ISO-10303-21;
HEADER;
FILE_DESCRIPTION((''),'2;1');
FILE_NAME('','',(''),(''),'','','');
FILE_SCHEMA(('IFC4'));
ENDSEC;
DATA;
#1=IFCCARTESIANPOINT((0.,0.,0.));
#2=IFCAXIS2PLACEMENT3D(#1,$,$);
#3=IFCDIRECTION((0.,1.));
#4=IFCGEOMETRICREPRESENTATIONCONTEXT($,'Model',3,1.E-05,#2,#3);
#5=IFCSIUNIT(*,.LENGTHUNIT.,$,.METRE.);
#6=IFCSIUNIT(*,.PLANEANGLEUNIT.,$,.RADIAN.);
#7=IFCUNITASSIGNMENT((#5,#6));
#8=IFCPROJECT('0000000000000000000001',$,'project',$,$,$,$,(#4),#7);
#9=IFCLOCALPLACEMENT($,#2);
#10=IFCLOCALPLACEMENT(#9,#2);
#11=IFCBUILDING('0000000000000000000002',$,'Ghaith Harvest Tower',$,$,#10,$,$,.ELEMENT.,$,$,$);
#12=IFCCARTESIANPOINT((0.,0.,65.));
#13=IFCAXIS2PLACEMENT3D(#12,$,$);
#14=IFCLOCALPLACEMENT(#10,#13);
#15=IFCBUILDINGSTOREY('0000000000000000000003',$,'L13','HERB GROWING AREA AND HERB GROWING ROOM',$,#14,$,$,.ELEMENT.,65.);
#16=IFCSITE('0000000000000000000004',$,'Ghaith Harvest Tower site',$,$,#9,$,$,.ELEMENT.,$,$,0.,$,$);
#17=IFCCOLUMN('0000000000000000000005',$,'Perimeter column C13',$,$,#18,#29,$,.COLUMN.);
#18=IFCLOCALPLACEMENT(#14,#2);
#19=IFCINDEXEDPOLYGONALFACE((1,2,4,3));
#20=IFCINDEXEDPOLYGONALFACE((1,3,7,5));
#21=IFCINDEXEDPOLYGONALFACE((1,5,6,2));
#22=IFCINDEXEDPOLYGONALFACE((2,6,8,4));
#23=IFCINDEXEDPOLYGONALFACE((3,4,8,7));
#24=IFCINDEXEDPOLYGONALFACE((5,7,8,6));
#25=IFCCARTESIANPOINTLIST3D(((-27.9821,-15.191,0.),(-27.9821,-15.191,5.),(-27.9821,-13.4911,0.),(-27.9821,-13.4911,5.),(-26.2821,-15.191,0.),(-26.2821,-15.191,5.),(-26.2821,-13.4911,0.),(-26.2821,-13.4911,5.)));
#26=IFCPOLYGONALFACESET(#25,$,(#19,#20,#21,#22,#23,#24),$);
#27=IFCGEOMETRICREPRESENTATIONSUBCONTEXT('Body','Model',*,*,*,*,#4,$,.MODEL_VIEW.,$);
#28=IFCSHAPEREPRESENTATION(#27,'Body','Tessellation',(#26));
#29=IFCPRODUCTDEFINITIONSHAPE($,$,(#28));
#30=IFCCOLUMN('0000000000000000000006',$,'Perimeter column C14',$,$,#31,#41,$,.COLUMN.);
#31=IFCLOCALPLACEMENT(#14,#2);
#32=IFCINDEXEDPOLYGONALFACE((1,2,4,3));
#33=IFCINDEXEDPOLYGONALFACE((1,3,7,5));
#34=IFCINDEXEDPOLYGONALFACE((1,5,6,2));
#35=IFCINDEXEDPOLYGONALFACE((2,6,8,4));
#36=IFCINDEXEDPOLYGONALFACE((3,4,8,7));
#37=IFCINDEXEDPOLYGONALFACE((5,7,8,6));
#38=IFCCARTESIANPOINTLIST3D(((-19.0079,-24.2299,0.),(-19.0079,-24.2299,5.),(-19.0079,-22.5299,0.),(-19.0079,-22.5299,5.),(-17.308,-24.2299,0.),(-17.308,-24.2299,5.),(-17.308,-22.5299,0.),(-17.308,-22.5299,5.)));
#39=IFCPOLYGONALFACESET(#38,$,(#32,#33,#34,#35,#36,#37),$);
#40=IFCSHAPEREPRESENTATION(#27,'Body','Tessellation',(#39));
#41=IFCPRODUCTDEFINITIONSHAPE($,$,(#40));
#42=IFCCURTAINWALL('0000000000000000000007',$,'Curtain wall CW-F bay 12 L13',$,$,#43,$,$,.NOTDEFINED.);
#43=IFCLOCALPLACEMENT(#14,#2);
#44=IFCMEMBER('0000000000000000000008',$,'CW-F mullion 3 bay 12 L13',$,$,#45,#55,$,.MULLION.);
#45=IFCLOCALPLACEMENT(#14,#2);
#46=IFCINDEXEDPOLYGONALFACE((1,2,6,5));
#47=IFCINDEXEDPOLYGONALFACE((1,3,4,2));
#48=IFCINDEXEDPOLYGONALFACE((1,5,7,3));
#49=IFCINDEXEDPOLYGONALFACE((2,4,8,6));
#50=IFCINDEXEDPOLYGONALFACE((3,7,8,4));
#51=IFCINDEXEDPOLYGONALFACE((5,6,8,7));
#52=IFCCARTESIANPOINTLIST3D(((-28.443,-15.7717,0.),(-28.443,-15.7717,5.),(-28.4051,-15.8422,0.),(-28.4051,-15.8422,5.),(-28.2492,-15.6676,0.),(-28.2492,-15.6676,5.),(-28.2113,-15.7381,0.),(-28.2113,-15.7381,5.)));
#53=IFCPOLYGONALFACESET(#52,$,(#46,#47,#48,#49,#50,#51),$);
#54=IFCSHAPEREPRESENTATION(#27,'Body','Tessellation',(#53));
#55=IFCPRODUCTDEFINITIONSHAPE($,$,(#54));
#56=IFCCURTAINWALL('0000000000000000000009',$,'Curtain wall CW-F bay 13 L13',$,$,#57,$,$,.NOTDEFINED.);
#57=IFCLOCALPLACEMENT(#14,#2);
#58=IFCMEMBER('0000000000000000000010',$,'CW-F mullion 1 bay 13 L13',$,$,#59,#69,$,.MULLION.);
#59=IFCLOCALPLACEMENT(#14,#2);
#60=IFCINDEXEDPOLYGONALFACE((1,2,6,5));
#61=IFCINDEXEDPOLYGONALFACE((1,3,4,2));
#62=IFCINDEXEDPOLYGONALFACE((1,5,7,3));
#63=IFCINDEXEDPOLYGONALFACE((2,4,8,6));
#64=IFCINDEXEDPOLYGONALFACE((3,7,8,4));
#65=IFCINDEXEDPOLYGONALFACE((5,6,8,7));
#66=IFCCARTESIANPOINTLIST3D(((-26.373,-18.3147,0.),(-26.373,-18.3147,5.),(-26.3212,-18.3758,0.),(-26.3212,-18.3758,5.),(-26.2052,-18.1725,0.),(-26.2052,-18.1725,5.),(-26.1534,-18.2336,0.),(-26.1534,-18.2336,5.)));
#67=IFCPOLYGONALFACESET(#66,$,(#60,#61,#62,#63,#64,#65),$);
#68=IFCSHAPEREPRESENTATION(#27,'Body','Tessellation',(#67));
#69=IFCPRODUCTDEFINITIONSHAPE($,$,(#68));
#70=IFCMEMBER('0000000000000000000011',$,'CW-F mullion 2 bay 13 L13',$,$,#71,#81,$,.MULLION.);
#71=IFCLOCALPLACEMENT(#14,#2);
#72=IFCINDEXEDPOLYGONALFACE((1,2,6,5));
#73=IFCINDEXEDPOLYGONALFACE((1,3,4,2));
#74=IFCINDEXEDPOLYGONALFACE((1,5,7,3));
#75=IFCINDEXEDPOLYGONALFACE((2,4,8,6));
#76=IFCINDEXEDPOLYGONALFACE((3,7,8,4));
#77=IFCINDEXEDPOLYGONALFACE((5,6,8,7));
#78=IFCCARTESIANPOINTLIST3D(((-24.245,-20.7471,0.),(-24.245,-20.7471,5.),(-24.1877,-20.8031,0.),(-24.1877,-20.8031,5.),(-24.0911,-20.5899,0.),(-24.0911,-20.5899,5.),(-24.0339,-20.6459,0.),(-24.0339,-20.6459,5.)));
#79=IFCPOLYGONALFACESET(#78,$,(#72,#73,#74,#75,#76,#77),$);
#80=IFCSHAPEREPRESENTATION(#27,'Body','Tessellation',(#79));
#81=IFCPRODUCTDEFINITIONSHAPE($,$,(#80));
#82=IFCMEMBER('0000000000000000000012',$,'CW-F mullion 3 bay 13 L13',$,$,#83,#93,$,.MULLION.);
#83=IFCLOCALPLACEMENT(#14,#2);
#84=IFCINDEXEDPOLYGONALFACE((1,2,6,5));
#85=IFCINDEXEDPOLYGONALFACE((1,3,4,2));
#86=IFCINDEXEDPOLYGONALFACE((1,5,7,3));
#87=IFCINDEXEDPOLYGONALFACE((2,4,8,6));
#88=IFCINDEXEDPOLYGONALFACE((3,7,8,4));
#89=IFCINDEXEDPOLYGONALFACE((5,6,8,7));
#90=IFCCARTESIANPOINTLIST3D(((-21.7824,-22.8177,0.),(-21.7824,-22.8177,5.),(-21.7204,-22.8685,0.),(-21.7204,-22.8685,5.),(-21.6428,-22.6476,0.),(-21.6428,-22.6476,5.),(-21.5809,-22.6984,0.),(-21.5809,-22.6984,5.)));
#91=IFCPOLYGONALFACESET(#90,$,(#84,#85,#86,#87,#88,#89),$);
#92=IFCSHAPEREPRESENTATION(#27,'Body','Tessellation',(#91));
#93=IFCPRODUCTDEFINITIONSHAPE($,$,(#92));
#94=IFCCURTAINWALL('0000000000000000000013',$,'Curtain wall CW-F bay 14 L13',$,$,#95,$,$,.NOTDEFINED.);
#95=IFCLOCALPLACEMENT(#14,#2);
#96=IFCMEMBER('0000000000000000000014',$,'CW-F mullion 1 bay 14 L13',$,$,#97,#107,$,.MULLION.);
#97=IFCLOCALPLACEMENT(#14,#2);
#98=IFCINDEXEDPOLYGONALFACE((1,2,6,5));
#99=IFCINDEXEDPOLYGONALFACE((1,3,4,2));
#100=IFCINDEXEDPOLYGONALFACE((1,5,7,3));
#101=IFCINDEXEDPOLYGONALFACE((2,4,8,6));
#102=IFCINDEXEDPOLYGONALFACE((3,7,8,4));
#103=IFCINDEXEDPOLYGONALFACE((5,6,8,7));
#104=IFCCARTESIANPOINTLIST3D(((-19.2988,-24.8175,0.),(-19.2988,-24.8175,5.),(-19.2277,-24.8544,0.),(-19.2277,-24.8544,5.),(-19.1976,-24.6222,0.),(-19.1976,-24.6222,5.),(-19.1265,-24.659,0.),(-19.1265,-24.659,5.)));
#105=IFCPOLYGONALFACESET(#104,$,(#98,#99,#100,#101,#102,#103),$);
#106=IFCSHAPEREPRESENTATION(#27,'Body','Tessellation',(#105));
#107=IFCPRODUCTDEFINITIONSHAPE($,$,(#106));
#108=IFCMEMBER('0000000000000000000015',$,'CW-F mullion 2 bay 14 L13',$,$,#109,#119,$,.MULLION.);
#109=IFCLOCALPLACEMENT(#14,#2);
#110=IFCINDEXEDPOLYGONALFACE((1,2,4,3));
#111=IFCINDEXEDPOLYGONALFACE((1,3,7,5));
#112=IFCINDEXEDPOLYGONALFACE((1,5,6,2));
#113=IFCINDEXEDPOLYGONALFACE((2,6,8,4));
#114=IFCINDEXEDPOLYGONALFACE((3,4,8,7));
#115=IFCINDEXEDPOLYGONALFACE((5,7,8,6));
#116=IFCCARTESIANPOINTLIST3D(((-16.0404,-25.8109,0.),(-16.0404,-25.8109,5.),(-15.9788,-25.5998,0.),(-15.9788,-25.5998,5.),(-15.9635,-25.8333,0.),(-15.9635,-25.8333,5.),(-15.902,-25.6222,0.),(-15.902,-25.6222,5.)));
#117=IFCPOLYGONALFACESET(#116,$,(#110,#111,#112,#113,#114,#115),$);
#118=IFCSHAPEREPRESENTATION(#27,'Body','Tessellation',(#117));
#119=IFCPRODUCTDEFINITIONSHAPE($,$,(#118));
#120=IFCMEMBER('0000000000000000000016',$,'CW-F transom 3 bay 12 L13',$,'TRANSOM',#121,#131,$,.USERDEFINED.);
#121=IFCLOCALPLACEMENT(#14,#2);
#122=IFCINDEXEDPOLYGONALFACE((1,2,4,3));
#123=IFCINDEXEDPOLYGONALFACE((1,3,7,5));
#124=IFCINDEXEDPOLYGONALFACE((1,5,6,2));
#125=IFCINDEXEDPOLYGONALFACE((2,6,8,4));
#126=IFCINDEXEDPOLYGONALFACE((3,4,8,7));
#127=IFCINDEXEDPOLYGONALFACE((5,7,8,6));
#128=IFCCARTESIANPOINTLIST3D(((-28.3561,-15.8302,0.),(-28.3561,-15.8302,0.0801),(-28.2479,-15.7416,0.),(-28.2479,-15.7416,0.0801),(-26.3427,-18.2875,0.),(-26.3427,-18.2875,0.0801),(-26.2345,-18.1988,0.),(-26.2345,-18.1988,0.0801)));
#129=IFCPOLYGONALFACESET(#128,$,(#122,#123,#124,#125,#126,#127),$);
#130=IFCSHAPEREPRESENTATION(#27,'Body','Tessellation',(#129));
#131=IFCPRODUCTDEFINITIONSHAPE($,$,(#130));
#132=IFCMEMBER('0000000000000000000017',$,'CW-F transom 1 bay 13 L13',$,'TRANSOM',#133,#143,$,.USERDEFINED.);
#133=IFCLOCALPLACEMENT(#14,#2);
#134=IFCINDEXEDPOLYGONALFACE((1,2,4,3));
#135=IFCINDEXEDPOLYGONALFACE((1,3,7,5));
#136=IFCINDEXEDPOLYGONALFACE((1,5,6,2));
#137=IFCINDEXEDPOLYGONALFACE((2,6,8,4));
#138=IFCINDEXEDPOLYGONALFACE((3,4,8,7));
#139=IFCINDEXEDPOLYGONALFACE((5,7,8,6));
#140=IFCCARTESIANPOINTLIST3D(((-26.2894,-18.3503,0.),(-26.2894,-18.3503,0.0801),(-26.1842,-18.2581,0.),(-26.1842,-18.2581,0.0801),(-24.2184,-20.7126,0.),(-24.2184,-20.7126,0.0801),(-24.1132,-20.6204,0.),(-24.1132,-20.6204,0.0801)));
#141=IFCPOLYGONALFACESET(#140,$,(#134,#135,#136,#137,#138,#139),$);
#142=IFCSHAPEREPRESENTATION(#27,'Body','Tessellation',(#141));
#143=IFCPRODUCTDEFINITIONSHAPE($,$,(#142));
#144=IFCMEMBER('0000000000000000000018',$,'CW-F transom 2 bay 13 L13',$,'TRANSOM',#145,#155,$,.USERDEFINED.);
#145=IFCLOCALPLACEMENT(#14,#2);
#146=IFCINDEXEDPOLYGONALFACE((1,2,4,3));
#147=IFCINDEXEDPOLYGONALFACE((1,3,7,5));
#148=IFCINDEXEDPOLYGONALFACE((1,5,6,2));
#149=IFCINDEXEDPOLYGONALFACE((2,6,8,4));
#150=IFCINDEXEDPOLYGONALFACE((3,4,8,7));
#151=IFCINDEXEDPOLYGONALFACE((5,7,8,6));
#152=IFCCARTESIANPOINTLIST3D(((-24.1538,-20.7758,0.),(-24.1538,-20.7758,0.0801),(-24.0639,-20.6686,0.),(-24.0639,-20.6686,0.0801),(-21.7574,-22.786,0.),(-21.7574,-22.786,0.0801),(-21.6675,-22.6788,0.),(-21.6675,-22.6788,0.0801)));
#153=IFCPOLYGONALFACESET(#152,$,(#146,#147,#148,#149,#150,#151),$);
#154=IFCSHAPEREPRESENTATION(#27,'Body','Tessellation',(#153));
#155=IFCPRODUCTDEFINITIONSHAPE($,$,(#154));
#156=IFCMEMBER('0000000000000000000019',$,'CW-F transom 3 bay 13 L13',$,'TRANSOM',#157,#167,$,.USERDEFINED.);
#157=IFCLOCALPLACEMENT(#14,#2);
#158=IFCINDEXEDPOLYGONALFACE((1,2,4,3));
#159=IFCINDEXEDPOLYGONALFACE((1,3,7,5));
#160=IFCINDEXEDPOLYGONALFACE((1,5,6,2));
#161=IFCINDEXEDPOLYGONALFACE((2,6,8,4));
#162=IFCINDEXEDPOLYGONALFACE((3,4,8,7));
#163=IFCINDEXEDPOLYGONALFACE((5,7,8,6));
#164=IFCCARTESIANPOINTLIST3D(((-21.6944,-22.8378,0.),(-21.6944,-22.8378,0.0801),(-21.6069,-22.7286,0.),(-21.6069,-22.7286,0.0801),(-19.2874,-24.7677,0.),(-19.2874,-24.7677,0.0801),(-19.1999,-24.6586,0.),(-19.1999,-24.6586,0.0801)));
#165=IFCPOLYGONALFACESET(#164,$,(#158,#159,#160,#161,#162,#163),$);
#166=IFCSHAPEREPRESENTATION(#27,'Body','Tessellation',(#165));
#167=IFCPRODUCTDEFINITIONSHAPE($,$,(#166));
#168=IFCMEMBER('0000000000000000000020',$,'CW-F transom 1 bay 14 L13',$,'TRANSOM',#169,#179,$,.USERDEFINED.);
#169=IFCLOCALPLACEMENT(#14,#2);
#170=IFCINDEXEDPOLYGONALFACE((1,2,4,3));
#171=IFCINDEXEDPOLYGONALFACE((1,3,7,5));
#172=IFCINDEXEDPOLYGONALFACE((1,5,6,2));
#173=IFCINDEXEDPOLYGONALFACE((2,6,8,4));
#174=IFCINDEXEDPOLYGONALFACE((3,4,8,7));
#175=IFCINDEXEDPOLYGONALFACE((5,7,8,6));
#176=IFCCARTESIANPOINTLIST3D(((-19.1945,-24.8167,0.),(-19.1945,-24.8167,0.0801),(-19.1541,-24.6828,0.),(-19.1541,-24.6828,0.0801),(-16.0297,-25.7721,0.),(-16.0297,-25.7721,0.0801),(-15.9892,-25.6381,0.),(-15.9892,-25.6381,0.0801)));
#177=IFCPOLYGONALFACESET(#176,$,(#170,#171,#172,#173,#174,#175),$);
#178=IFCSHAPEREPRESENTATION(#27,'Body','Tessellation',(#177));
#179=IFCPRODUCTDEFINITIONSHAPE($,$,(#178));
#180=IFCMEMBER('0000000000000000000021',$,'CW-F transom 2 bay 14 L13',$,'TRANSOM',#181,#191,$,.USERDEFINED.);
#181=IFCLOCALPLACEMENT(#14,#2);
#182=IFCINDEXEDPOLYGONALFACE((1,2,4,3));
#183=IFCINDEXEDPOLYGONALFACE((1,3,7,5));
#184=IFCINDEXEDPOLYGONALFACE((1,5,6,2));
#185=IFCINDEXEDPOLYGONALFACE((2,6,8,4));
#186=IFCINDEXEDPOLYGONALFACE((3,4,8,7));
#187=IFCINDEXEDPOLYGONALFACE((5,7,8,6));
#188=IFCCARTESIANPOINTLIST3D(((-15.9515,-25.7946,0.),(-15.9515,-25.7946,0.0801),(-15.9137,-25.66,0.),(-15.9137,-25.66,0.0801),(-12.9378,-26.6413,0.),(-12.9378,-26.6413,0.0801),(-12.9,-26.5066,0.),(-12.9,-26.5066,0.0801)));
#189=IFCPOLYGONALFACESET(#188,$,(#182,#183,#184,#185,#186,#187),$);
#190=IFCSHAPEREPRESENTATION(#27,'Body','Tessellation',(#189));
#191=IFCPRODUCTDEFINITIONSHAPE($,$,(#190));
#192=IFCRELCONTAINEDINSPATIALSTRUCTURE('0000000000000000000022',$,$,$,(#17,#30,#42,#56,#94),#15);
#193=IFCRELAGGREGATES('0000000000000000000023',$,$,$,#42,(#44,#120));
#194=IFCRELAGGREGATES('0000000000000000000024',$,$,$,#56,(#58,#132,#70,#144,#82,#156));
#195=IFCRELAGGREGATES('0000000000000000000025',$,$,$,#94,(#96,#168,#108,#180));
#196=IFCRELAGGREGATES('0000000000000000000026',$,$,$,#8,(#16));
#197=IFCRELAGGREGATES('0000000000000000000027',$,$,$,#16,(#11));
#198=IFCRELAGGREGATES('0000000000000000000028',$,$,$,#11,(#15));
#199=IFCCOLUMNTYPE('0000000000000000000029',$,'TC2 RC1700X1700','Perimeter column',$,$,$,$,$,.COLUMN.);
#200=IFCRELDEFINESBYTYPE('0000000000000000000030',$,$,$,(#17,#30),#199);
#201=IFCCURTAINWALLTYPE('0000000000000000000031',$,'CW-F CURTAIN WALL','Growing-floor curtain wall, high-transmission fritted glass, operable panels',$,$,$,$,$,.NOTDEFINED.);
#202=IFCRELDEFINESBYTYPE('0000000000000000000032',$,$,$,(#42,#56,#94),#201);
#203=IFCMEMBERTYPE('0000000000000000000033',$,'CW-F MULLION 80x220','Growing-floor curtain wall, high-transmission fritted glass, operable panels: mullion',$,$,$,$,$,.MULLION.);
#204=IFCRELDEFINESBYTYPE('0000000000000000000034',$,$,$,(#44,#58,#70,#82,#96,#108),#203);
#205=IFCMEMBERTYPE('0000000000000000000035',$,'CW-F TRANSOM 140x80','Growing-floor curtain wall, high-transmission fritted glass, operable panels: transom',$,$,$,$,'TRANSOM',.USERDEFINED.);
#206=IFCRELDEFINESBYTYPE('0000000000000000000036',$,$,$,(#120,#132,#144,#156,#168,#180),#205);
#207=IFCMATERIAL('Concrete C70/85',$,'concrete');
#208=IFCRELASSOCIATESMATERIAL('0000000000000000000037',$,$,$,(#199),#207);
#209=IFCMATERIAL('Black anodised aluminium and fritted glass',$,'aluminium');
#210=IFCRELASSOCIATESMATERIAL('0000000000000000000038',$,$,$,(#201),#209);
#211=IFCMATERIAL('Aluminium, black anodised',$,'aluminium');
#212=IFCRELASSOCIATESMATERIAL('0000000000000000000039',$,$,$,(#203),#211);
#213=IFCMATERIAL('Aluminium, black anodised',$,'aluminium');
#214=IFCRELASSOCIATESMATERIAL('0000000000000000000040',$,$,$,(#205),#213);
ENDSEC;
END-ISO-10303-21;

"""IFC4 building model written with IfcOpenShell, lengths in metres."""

from ifc_helpers import new_model, si_unit, direction, frame, origin, origin_2d, place, context, subcontext, project, spatial, rectangle, extrude, material, material_profile, profile_set, type_object, element, aggregate, save


model = new_model("IFC4")

# Units and contexts
model_context = context("Model", 3, precision=1e-05, world=origin(), true_north=direction((0.0, 1.0)))
body_context = subcontext(model_context, "Body", "Model", "MODEL_VIEW")
ifc_project = project(units=[si_unit("LENGTHUNIT", "METRE"), si_unit("PLANEANGLEUNIT", "RADIAN")], contexts=[model_context])

# Site, building, storey
site_placement = place(None, origin())
site = spatial("IfcSite", under=ifc_project, at=site_placement, Name="Ghaith Harvest Tower site", CompositionType="ELEMENT", RefElevation=0.0)
building_placement = place(site_placement, origin())
building = spatial("IfcBuilding", under=site, at=building_placement, Name="Ghaith Harvest Tower", CompositionType="ELEMENT")
storey_placement = place(building_placement, frame((0.0, 0.0, 65.0)))
storey = spatial("IfcBuildingStorey", under=building, at=storey_placement, Name="L13", Description="HERB GROWING AREA AND HERB GROWING ROOM", CompositionType="ELEMENT", Elevation=65.0)

# Columns
ifc_material_1 = material(Name="Concrete C70/85", Category="concrete")
ifc_material_profile_1 = material_profile(ifc_material_1, rectangle(XDim=1.7, YDim=1.7, at=origin_2d()), Name="RC1700X1700")
ifc_profile_set_1 = profile_set([ifc_material_profile_1], Name="Concrete C70/85")
column_type = type_object("IfcColumnType", Name="TC2 RC1700X1700", Description="Perimeter column", PredefinedType="COLUMN", material=ifc_profile_set_1)
for number, where, z_axis, x_axis, name in (
    (1, (-27.1321, -14.3411, 0.0), (0.0, 0.0, 1.0), (1.0, 0.0, 0.0), "Perimeter column C13"),
    (2, (-18.158, -23.3799, 0.0), (0.0, 0.0, 1.0), (1.0, 0.0, 0.0), "Perimeter column C14"),
):
    element("IfcColumn", number, at=place(storey_placement, frame(where, z_axis=z_axis, x_axis=x_axis)), inside=storey, type_object=column_type, Name=name, PredefinedType="COLUMN", context=body_context, shape_type="SweptSolid", body=[
        extrude(rectangle(XDim=1.7, YDim=1.7, at=origin_2d()), origin(), (0.0, 0.0, 1.0), 5.0),
    ])

# Curtain wall, member
ifc_material_2 = material(Name="Black anodised aluminium and fritted glass", Category="aluminium")
curtain_wall_type = type_object("IfcCurtainWallType", Name="CW-F CURTAIN WALL", Description="Growing-floor curtain wall, high-transmission fritted glass, operable panels", PredefinedType="NOTDEFINED", material=ifc_material_2)
curtain_wall_1_placement = place(storey_placement, origin())
curtain_wall_1 = element("IfcCurtainWall", 3, at=curtain_wall_1_placement, inside=storey, type_object=curtain_wall_type, Name="Curtain wall CW-F bay 12 L13", PredefinedType="NOTDEFINED")
ifc_material_3 = material(Name="Aluminium, black anodised", Category="aluminium")
ifc_material_profile_2 = material_profile(ifc_material_3, rectangle(XDim=0.0801, YDim=0.22, at=origin_2d()), Name="CW-F MULLION 80x220")
ifc_profile_set_2 = profile_set([ifc_material_profile_2], Name="Aluminium, black anodised")
member_type_1 = type_object("IfcMemberType", Name="CW-F MULLION 80x220", Description="Growing-floor curtain wall, high-transmission fritted glass, operable panels: mullion", PredefinedType="MULLION", material=ifc_profile_set_2)
member_1_placement = place(storey_placement, frame((-28.3271, -15.7549, 0.0), z_axis=(0.0, 0.0, 1.0), x_axis=(0.473265, -0.88092, 0.0)))
member_1 = element("IfcMember", 4, at=member_1_placement, type_object=member_type_1, Name="CW-F mullion 3 bay 12 L13", PredefinedType="MULLION", context=body_context, shape_type="SweptSolid", body=[
    extrude(rectangle(XDim=0.0801, YDim=0.22, at=origin_2d()), origin(), (0.0, 0.0, 1.0), 5.0),
])

# Curtain walls, members
curtain_wall_2_placement = place(storey_placement, origin())
curtain_wall_2 = element("IfcCurtainWall", 5, at=curtain_wall_2_placement, inside=storey, type_object=curtain_wall_type, Name="Curtain wall CW-F bay 13 L13", PredefinedType="NOTDEFINED")
member_2_placement = place(storey_placement, frame((-26.2632, -18.2742, 0.0), z_axis=(0.0, 0.0, 1.0), x_axis=(0.646524, -0.762894, 0.0)))
member_2 = element("IfcMember", 6, at=member_2_placement, type_object=member_type_1, Name="CW-F mullion 1 bay 13 L13", PredefinedType="MULLION", context=body_context, shape_type="SweptSolid", body=[
    extrude(rectangle(XDim=0.0801, YDim=0.22, at=origin_2d()), origin(), (0.0, 0.0, 1.0), 5.0),
])
member_3_placement = place(storey_placement, frame((-24.1394, -20.6965, 0.0), z_axis=(0.0, 0.0, 1.0), x_axis=(0.714663, -0.699469, 0.0)))
member_3 = element("IfcMember", 7, at=member_3_placement, type_object=member_type_1, Name="CW-F mullion 2 bay 13 L13", PredefinedType="MULLION", context=body_context, shape_type="SweptSolid", body=[
    extrude(rectangle(XDim=0.0801, YDim=0.22, at=origin_2d()), origin(), (0.0, 0.0, 1.0), 5.0),
])
member_4_placement = place(storey_placement, frame((-21.6816, -22.7581, 0.0), z_axis=(0.0, 0.0, 1.0), x_axis=(0.773139, -0.634237, 0.0)))
member_4 = element("IfcMember", 8, at=member_4_placement, type_object=member_type_1, Name="CW-F mullion 3 bay 13 L13", PredefinedType="MULLION", context=body_context, shape_type="SweptSolid", body=[
    extrude(rectangle(XDim=0.0801, YDim=0.22, at=origin_2d()), origin(), (0.0, 0.0, 1.0), 5.0),
])
curtain_wall_3_placement = place(storey_placement, origin())
curtain_wall_3 = element("IfcCurtainWall", 9, at=curtain_wall_3_placement, inside=storey, type_object=curtain_wall_type, Name="Curtain wall CW-F bay 14 L13", PredefinedType="NOTDEFINED")
member_5_placement = place(storey_placement, frame((-19.2126, -24.7383, 0.0), z_axis=(0.0, 0.0, 1.0), x_axis=(0.887912, -0.460013, 0.0)))
member_5 = element("IfcMember", 10, at=member_5_placement, type_object=member_type_1, Name="CW-F mullion 1 bay 14 L13", PredefinedType="MULLION", context=body_context, shape_type="SweptSolid", body=[
    extrude(rectangle(XDim=0.0801, YDim=0.22, at=origin_2d()), origin(), (0.0, 0.0, 1.0), 5.0),
])
member_6_placement = place(storey_placement, frame((-15.9712, -25.7166, 0.0), z_axis=(0.0, 0.0, 1.0), x_axis=(0.960009, -0.27997, 0.0)))
member_6 = element("IfcMember", 11, at=member_6_placement, type_object=member_type_1, Name="CW-F mullion 2 bay 14 L13", PredefinedType="MULLION", context=body_context, shape_type="SweptSolid", body=[
    extrude(rectangle(XDim=0.0801, YDim=0.22, at=origin_2d()), origin(), (0.0, 0.0, 1.0), 5.0),
])

# Members
ifc_material_4 = material(Name="Aluminium, black anodised", Category="aluminium")
ifc_material_profile_3 = material_profile(ifc_material_4, rectangle(XDim=0.1399, YDim=0.0801, at=origin_2d()), Name="CW-F TRANSOM 140x80")
ifc_profile_set_3 = profile_set([ifc_material_profile_3], Name="Aluminium, black anodised")
member_type_2 = type_object("IfcMemberType", Name="CW-F TRANSOM 140x80", Description="Growing-floor curtain wall, high-transmission fritted glass, operable panels: transom", ElementType="TRANSOM", PredefinedType="USERDEFINED", material=ifc_profile_set_3)
member_7_placement = place(storey_placement, frame((-28.302, -15.7859, 0.04), z_axis=(0.63379, -0.773505, 0.0), x_axis=(0.773505, 0.63379, 0.0)))
member_7 = element("IfcMember", 12, at=member_7_placement, type_object=member_type_2, Name="CW-F transom 3 bay 12 L13", ObjectType="TRANSOM", PredefinedType="USERDEFINED", context=body_context, shape_type="SweptSolid", body=[
    extrude(rectangle(XDim=0.1399, YDim=0.0801, at=origin_2d()), origin(), (0.0, 0.0, 1.0), 3.1768),
])
member_8_placement = place(storey_placement, frame((-26.2368, -18.3042, 0.04), z_axis=(0.659231, -0.751941, 0.0), x_axis=(0.751941, 0.659231, 0.0)))
member_8 = element("IfcMember", 13, at=member_8_placement, type_object=member_type_2, Name="CW-F transom 1 bay 13 L13", ObjectType="TRANSOM", PredefinedType="USERDEFINED", context=body_context, shape_type="SweptSolid", body=[
    extrude(rectangle(XDim=0.1399, YDim=0.0801, at=origin_2d()), origin(), (0.0, 0.0, 1.0), 3.1416),
])
member_9_placement = place(storey_placement, frame((-24.1089, -20.7222, 0.04), z_axis=(0.766144, -0.642668, 0.0), x_axis=(0.642668, 0.766144, 0.0)))
member_9 = element("IfcMember", 14, at=member_9_placement, type_object=member_type_2, Name="CW-F transom 2 bay 13 L13", ObjectType="TRANSOM", PredefinedType="USERDEFINED", context=body_context, shape_type="SweptSolid", body=[
    extrude(rectangle(XDim=0.1399, YDim=0.0801, at=origin_2d()), origin(), (0.0, 0.0, 1.0), 3.1279),
])
member_10_placement = place(storey_placement, frame((-21.6506, -22.7832, 0.04), z_axis=(0.780181, -0.625554, 0.0), x_axis=(0.625554, 0.780181, 0.0)))
member_10 = element("IfcMember", 15, at=member_10_placement, type_object=member_type_2, Name="CW-F transom 3 bay 13 L13", ObjectType="TRANSOM", PredefinedType="USERDEFINED", context=body_context, shape_type="SweptSolid", body=[
    extrude(rectangle(XDim=0.1399, YDim=0.0801, at=origin_2d()), origin(), (0.0, 0.0, 1.0), 3.0852),
])
member_11_placement = place(storey_placement, frame((-19.1743, -24.7498, 0.04), z_axis=(0.957335, -0.28898, 0.0), x_axis=(0.28898, 0.957335, 0.0)))
member_11 = element("IfcMember", 16, at=member_11_placement, type_object=member_type_2, Name="CW-F transom 1 bay 14 L13", ObjectType="TRANSOM", PredefinedType="USERDEFINED", context=body_context, shape_type="SweptSolid", body=[
    extrude(rectangle(XDim=0.1399, YDim=0.0801, at=origin_2d()), origin(), (0.0, 0.0, 1.0), 3.3059),
])
member_12_placement = place(storey_placement, frame((-15.9326, -25.7273, 0.04), z_axis=(0.962727, -0.270475, 0.0), x_axis=(0.270475, 0.962727, 0.0)))
member_12 = element("IfcMember", 17, at=member_12_placement, type_object=member_type_2, Name="CW-F transom 2 bay 14 L13", ObjectType="TRANSOM", PredefinedType="USERDEFINED", context=body_context, shape_type="SweptSolid", body=[
    extrude(rectangle(XDim=0.1399, YDim=0.0801, at=origin_2d()), origin(), (0.0, 0.0, 1.0), 3.1304),
])

aggregate(curtain_wall_1, [member_1, member_7])
aggregate(curtain_wall_2, [member_2, member_8, member_3, member_9, member_4, member_10])
aggregate(curtain_wall_3, [member_5, member_11, member_6, member_12])

save(model, "model.ifc")
